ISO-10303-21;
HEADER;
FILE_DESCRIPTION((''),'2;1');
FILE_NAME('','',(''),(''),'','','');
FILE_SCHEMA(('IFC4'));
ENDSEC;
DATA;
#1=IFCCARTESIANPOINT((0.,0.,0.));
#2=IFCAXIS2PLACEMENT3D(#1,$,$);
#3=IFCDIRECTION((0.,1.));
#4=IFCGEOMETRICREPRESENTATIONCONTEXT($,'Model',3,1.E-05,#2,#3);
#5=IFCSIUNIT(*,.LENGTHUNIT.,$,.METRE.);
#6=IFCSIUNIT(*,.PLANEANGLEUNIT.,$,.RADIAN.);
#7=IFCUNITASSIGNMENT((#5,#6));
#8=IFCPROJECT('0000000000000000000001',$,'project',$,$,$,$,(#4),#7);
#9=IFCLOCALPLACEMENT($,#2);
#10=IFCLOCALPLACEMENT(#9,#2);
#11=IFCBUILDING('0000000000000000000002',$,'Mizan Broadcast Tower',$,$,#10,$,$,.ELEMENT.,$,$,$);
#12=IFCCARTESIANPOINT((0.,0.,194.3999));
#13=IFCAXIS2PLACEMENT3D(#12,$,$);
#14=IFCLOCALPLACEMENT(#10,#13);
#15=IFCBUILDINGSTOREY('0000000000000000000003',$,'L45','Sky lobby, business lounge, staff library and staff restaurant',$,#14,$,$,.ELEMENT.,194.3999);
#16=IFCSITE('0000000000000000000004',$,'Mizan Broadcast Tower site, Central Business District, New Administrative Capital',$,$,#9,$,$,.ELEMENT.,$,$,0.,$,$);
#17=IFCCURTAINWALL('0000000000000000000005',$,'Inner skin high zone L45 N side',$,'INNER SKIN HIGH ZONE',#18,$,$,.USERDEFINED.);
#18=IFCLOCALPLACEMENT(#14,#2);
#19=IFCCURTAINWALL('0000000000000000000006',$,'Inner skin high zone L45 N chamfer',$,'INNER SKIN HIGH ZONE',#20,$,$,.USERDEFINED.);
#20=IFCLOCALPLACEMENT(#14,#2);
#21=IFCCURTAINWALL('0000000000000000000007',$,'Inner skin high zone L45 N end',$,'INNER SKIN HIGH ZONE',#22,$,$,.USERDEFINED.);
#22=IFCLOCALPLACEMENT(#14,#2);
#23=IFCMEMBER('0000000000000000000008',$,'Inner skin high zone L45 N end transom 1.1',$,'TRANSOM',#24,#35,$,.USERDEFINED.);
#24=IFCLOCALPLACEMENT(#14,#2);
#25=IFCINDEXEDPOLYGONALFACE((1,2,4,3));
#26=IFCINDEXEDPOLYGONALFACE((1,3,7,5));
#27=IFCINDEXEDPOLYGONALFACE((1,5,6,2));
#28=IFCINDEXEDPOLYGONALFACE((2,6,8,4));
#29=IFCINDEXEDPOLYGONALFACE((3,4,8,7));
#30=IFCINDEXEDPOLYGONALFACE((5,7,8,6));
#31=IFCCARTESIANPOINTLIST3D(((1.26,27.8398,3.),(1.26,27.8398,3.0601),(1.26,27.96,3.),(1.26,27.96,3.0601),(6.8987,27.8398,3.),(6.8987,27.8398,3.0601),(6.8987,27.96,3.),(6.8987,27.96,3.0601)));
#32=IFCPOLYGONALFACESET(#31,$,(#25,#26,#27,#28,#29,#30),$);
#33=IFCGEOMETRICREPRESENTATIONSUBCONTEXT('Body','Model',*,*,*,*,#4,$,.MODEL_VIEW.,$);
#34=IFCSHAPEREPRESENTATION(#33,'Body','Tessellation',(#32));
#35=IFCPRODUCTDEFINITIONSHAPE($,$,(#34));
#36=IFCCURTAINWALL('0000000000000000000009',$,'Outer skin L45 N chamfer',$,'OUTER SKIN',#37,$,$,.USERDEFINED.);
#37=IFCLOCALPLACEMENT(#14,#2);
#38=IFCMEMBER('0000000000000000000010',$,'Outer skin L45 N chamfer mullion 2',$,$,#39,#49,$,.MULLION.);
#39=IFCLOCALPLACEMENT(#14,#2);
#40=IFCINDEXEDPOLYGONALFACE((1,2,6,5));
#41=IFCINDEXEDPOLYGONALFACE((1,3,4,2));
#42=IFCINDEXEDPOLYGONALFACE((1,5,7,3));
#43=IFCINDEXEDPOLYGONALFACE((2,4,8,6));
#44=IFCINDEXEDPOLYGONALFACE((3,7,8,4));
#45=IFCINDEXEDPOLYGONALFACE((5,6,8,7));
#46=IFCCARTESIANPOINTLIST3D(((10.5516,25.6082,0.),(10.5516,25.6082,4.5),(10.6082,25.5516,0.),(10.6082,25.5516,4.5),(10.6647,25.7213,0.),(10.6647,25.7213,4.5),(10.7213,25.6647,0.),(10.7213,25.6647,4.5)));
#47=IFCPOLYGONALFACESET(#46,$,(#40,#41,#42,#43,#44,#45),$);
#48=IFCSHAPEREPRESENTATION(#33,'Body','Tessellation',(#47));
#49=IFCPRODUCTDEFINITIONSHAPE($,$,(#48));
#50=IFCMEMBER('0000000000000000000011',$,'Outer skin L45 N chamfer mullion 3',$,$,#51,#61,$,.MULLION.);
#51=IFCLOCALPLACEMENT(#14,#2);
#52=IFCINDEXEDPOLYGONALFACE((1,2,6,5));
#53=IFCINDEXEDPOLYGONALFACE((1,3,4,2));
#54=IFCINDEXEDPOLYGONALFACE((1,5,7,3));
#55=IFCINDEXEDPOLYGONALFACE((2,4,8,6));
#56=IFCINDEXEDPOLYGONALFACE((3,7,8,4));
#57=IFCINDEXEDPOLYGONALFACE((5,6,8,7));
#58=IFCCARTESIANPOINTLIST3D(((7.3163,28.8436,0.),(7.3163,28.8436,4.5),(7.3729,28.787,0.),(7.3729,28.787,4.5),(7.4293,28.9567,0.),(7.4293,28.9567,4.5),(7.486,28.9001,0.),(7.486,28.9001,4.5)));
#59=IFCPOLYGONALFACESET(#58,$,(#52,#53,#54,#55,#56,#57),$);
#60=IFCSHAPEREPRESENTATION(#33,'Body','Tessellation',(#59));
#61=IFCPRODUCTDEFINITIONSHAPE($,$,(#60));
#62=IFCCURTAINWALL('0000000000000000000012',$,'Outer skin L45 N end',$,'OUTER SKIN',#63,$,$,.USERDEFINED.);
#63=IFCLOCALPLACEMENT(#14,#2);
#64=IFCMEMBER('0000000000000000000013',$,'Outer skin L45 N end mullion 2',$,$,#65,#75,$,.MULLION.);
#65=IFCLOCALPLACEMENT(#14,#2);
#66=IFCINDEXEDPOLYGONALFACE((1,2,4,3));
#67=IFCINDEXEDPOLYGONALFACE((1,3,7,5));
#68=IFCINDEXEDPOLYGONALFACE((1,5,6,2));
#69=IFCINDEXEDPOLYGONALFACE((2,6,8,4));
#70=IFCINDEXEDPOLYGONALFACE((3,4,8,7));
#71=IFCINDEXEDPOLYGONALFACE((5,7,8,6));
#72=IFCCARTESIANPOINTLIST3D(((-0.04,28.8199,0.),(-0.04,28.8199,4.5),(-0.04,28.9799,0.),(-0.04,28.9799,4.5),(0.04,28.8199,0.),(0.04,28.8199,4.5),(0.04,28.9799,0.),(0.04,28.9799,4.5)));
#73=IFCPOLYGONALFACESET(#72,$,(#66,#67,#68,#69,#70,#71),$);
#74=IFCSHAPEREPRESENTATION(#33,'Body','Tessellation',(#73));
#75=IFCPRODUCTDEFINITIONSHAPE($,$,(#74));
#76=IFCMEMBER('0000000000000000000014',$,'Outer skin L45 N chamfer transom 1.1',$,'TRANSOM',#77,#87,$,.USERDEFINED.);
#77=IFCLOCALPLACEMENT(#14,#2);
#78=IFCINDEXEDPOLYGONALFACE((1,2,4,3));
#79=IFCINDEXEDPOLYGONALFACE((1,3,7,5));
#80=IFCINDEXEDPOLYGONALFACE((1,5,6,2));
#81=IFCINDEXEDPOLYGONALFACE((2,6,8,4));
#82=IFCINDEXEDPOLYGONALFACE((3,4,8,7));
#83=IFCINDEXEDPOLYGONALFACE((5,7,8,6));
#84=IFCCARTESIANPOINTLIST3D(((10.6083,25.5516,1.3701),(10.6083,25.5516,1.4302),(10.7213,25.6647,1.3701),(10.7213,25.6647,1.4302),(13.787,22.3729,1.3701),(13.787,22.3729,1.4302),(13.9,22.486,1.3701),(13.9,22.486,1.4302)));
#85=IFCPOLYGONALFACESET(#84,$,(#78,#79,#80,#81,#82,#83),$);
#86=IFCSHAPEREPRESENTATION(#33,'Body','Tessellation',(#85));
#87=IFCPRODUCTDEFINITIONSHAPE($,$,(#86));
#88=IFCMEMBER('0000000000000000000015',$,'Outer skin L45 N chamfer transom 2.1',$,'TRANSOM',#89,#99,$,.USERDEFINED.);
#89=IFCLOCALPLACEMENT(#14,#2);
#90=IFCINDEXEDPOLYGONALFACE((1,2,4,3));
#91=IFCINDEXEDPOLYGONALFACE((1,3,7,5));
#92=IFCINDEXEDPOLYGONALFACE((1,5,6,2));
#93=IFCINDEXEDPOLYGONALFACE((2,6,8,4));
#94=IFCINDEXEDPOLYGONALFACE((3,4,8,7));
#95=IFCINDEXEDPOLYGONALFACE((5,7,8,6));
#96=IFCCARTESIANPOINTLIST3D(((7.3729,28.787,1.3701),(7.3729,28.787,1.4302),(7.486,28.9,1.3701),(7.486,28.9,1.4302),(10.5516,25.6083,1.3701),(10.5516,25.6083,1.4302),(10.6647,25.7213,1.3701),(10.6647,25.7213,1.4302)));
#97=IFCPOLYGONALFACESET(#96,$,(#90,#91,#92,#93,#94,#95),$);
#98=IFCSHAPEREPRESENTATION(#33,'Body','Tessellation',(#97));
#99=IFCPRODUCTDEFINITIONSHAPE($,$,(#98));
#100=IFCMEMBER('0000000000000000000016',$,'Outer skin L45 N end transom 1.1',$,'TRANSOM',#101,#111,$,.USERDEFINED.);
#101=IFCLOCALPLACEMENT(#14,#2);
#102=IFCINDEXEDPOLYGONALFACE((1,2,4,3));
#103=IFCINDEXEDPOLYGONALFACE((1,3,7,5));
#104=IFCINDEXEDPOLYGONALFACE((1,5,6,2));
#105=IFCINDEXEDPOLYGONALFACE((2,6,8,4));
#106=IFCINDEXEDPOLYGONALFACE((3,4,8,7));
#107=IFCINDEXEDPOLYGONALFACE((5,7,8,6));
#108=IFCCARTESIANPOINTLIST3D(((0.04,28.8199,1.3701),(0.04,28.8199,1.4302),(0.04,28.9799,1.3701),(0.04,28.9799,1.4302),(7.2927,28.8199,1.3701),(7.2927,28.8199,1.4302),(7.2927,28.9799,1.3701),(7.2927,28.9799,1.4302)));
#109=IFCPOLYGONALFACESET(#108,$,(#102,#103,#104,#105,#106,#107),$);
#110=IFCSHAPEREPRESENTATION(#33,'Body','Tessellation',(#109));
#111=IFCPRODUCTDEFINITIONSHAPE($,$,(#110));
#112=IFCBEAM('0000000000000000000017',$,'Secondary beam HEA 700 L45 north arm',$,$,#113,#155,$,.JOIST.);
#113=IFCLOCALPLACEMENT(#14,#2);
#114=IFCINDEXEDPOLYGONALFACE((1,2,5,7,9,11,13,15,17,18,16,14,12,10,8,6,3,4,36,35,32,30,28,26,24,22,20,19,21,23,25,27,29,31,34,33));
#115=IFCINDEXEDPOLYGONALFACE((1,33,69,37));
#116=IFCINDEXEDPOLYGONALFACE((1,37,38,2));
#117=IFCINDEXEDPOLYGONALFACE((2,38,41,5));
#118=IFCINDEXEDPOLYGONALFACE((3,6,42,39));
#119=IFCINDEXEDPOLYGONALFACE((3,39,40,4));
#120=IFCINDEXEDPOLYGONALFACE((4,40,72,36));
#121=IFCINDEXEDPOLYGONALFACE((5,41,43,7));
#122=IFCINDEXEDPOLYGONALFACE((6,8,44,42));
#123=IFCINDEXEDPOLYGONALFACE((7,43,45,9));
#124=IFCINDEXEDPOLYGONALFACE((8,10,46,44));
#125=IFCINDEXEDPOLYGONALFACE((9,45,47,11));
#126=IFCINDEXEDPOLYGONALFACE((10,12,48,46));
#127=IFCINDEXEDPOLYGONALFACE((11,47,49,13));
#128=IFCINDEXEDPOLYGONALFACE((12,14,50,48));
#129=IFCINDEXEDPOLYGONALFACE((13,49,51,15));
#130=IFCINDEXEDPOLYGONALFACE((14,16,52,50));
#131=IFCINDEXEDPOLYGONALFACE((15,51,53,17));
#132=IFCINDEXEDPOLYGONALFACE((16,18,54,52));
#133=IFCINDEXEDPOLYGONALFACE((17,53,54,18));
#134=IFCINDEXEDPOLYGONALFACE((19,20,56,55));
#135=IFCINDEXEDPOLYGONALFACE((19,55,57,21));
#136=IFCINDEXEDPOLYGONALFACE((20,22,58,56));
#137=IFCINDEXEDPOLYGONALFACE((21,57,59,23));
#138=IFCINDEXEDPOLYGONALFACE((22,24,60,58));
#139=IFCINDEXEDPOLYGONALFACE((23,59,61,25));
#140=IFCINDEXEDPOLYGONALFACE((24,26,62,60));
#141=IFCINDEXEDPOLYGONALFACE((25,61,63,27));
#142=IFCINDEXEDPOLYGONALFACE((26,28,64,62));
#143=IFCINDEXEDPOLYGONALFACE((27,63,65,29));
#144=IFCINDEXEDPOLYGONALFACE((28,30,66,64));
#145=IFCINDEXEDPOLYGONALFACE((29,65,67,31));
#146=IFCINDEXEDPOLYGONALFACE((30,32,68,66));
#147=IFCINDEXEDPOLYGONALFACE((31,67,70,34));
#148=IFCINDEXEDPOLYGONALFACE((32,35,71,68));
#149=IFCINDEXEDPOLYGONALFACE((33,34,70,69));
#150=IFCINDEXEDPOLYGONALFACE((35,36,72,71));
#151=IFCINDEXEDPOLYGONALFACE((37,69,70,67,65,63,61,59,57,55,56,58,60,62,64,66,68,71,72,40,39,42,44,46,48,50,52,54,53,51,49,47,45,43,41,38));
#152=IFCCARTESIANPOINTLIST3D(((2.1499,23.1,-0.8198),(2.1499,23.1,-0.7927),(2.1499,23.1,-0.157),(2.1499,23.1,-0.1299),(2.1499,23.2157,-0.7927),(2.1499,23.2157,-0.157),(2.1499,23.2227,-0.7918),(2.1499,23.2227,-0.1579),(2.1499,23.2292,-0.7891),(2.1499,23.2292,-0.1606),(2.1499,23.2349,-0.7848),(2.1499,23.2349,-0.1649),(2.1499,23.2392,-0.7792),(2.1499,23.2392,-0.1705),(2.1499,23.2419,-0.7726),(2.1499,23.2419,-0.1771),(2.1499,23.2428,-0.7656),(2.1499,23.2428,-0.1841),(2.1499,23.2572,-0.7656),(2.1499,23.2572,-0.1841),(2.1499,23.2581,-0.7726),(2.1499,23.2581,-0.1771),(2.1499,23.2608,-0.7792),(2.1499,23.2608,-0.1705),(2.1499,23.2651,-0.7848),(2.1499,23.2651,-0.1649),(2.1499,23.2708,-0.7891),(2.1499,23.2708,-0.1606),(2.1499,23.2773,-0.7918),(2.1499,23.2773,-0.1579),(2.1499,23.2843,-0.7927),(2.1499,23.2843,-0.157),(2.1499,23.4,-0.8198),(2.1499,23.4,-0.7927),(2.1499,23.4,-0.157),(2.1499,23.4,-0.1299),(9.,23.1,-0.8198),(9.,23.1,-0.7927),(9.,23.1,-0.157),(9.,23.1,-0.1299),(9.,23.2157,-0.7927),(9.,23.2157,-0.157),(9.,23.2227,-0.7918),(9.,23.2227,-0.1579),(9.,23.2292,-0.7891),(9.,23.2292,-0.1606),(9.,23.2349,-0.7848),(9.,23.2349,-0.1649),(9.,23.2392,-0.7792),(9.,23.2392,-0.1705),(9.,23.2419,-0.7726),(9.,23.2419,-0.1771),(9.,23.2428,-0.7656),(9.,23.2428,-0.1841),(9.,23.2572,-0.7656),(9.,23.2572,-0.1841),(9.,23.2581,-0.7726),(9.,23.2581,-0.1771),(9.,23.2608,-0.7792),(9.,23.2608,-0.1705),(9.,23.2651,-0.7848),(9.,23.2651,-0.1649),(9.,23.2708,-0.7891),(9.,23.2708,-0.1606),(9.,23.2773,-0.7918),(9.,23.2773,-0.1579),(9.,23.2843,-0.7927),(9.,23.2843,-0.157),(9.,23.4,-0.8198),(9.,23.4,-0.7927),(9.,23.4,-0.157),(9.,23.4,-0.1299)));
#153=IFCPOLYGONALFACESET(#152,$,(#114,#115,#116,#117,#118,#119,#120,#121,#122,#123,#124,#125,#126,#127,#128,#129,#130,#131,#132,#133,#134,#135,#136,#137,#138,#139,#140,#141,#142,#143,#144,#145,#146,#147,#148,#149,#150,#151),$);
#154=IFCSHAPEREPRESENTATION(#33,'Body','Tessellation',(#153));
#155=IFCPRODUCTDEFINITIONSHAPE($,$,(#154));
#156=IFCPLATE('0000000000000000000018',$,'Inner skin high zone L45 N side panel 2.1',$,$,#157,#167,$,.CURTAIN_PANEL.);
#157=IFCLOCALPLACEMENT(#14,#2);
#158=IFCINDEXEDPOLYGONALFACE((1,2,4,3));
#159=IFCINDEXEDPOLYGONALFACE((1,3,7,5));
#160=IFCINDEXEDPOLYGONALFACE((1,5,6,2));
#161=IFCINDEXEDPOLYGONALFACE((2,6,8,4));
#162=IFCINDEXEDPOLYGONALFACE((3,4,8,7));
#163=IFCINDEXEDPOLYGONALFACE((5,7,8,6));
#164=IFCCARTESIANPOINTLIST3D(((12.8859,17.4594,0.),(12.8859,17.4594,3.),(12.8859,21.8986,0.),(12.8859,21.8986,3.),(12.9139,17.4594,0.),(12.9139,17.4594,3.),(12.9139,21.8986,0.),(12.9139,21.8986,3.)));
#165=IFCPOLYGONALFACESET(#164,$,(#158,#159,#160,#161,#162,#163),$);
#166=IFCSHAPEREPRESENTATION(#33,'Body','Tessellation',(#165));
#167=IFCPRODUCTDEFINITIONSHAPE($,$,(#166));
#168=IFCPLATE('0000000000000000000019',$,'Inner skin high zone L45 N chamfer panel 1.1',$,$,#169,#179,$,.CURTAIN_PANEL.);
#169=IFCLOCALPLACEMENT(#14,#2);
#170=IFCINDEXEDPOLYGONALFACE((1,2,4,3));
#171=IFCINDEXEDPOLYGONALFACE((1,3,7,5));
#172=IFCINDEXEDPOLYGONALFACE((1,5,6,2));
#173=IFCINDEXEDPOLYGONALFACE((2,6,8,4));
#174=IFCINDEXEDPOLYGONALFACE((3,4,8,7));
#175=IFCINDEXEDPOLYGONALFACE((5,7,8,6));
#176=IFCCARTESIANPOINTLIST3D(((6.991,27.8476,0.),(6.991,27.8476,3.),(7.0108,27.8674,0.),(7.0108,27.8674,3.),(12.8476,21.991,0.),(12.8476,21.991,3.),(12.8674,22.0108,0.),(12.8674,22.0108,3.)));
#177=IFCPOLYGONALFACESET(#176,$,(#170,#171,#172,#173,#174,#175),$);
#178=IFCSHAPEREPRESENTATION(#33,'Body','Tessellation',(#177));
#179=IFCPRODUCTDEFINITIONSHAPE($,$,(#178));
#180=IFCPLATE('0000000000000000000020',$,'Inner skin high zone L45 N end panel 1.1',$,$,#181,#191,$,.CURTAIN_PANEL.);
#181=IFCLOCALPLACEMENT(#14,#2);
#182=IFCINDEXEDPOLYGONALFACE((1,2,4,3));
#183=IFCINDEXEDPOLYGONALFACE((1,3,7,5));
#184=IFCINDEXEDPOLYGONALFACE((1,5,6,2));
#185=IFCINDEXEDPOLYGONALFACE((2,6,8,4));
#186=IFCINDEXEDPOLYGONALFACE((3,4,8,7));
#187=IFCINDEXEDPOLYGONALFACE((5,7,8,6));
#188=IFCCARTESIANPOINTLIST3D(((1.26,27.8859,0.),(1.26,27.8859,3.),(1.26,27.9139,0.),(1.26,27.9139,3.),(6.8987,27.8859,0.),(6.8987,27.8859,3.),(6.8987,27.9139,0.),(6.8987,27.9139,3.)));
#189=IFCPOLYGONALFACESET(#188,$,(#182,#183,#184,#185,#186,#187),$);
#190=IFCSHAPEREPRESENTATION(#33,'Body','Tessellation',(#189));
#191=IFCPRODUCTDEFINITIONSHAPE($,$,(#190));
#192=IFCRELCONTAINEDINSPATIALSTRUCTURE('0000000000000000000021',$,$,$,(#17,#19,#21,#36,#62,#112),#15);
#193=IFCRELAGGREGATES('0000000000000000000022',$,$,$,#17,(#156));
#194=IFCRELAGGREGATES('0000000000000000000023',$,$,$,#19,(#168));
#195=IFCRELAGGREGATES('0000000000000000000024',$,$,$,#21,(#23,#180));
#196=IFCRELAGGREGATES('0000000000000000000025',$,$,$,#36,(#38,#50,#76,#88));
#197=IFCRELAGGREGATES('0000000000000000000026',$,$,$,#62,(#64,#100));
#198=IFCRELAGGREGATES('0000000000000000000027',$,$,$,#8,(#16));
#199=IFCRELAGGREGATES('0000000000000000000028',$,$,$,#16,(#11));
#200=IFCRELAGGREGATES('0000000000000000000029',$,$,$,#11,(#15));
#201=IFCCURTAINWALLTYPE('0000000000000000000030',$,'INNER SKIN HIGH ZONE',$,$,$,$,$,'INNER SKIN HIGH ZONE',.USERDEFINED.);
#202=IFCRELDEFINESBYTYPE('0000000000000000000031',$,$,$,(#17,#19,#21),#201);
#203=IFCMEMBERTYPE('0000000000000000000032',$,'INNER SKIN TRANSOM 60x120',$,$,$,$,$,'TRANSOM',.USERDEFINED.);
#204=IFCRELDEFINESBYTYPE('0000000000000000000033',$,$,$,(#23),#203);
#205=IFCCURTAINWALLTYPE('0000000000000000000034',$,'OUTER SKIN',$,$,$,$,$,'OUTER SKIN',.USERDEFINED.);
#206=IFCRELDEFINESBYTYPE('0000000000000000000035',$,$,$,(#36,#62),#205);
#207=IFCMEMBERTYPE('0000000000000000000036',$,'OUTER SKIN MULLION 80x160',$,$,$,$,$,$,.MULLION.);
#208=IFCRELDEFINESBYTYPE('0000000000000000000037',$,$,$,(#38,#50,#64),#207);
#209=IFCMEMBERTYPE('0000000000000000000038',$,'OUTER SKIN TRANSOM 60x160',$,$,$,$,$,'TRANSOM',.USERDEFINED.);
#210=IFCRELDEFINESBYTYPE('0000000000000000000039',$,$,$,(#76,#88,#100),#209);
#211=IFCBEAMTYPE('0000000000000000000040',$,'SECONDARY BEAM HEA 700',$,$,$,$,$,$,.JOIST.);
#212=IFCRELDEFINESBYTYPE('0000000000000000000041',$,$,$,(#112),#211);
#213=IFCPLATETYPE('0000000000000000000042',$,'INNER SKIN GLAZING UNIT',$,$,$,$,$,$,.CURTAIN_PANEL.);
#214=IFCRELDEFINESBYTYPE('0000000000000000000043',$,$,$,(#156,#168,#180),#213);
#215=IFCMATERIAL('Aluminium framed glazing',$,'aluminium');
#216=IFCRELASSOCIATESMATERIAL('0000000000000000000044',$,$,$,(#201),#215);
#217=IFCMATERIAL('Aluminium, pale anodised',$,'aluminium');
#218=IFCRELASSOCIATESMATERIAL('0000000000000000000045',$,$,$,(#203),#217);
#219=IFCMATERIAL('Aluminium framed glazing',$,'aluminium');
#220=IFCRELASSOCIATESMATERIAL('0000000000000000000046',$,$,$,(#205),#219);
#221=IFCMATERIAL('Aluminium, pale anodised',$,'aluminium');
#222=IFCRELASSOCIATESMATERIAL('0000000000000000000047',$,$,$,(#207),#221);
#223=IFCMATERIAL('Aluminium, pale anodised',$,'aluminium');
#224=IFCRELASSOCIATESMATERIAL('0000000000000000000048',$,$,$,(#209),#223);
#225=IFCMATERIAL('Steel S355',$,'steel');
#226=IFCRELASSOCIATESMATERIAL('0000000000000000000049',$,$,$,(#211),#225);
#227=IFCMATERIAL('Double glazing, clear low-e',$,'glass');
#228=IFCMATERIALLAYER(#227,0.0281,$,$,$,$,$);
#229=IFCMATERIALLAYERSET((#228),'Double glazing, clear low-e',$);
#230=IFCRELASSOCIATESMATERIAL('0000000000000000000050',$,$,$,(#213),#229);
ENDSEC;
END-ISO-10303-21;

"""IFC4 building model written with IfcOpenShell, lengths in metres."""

from ifc_helpers import new_model, si_unit, direction, frame, origin, origin_2d, place, context, subcontext, project, spatial, rectangle, i_section, extrude, material, layer, layer_set, material_profile, profile_set, type_object, element, aggregate, save


model = new_model("IFC4")

# Units and contexts
model_context = context("Model", 3, precision=1e-05, world=origin(), true_north=direction((0.0, 1.0)))
body_context = subcontext(model_context, "Body", "Model", "MODEL_VIEW")
ifc_project = project(units=[si_unit("LENGTHUNIT", "METRE"), si_unit("PLANEANGLEUNIT", "RADIAN")], contexts=[model_context])

# Site, building, storey
site_placement = place(None, origin())
site = spatial("IfcSite", under=ifc_project, at=site_placement, Name="Mizan Broadcast Tower site, Central Business District, New Administrative Capital", CompositionType="ELEMENT", RefElevation=0.0)
building_placement = place(site_placement, origin())
building = spatial("IfcBuilding", under=site, at=building_placement, Name="Mizan Broadcast Tower", CompositionType="ELEMENT")
storey_placement = place(building_placement, frame((0.0, 0.0, 194.3999)))
storey = spatial("IfcBuildingStorey", under=building, at=storey_placement, Name="L45", Description="Sky lobby, business lounge, staff library and staff restaurant", CompositionType="ELEMENT", Elevation=194.3999)

# Curtain wall
ifc_material_1 = material(Name="Aluminium framed glazing", Category="aluminium")
curtain_wall_type_1 = type_object("IfcCurtainWallType", Name="INNER SKIN HIGH ZONE", ElementType="INNER SKIN HIGH ZONE", PredefinedType="USERDEFINED", material=ifc_material_1)
curtain_wall_1_placement = place(storey_placement, origin())
curtain_wall_1 = element("IfcCurtainWall", 1, at=curtain_wall_1_placement, inside=storey, type_object=curtain_wall_type_1, Name="Inner skin high zone L45 N side", ObjectType="INNER SKIN HIGH ZONE", PredefinedType="USERDEFINED")

# Curtain walls
curtain_wall_2_placement = place(storey_placement, origin())
curtain_wall_2 = element("IfcCurtainWall", 2, at=curtain_wall_2_placement, inside=storey, type_object=curtain_wall_type_1, Name="Inner skin high zone L45 N chamfer", ObjectType="INNER SKIN HIGH ZONE", PredefinedType="USERDEFINED")
curtain_wall_3_placement = place(storey_placement, origin())
curtain_wall_3 = element("IfcCurtainWall", 3, at=curtain_wall_3_placement, inside=storey, type_object=curtain_wall_type_1, Name="Inner skin high zone L45 N end", ObjectType="INNER SKIN HIGH ZONE", PredefinedType="USERDEFINED")

# Member
ifc_material_2 = material(Name="Aluminium, pale anodised", Category="aluminium")
ifc_material_profile_1 = material_profile(ifc_material_2, rectangle(XDim=0.1201, YDim=0.0601, at=origin_2d()), Name="TRANSOM 120x60")
ifc_profile_set_1 = profile_set([ifc_material_profile_1], Name="Aluminium, pale anodised")
member_type_1 = type_object("IfcMemberType", Name="INNER SKIN TRANSOM 60x120", ElementType="TRANSOM", PredefinedType="USERDEFINED", material=ifc_profile_set_1)
member_1_placement = place(storey_placement, frame((6.8987, 27.8999, 3.03), z_axis=(-1.0, 0.0, 0.0), x_axis=(0.0, -1.0, 0.0)))
member_1 = element("IfcMember", 4, at=member_1_placement, type_object=member_type_1, Name="Inner skin high zone L45 N end transom 1.1", ObjectType="TRANSOM", PredefinedType="USERDEFINED", context=body_context, shape_type="SweptSolid", body=[
    extrude(rectangle(XDim=0.1201, YDim=0.0601, at=origin_2d()), origin(), (0.0, 0.0, 1.0), 5.6387),
])

# Curtain wall, members
ifc_material_3 = material(Name="Aluminium framed glazing", Category="aluminium")
curtain_wall_type_2 = type_object("IfcCurtainWallType", Name="OUTER SKIN", ElementType="OUTER SKIN", PredefinedType="USERDEFINED", material=ifc_material_3)
curtain_wall_4_placement = place(storey_placement, origin())
curtain_wall_4 = element("IfcCurtainWall", 5, at=curtain_wall_4_placement, inside=storey, type_object=curtain_wall_type_2, Name="Outer skin L45 N chamfer", ObjectType="OUTER SKIN", PredefinedType="USERDEFINED")
ifc_material_4 = material(Name="Aluminium, pale anodised", Category="aluminium")
ifc_material_profile_2 = material_profile(ifc_material_4, rectangle(XDim=0.1599, YDim=0.0801, at=origin_2d()), Name="MULLION 160x80")
ifc_profile_set_2 = profile_set([ifc_material_profile_2], Name="Aluminium, pale anodised")
member_type_2 = type_object("IfcMemberType", Name="OUTER SKIN MULLION 80x160", PredefinedType="MULLION", material=ifc_profile_set_2)
member_2_placement = place(storey_placement, frame((10.6365, 25.6365, 0.0), z_axis=(0.0, 0.0, 1.0), x_axis=(-0.707107, -0.707107, 0.0)))
member_2 = element("IfcMember", 6, at=member_2_placement, type_object=member_type_2, Name="Outer skin L45 N chamfer mullion 2", PredefinedType="MULLION", context=body_context, shape_type="SweptSolid", body=[
    extrude(rectangle(XDim=0.1599, YDim=0.0801, at=origin_2d()), origin(), (0.0, 0.0, 1.0), 4.5),
])
member_3_placement = place(storey_placement, frame((7.4011, 28.8718, 0.0), z_axis=(0.0, 0.0, 1.0), x_axis=(-0.707107, -0.707107, 0.0)))
member_3 = element("IfcMember", 7, at=member_3_placement, type_object=member_type_2, Name="Outer skin L45 N chamfer mullion 3", PredefinedType="MULLION", context=body_context, shape_type="SweptSolid", body=[
    extrude(rectangle(XDim=0.1599, YDim=0.0801, at=origin_2d()), origin(), (0.0, 0.0, 1.0), 4.5),
])

# Curtain wall, member
curtain_wall_5_placement = place(storey_placement, origin())
curtain_wall_5 = element("IfcCurtainWall", 8, at=curtain_wall_5_placement, inside=storey, type_object=curtain_wall_type_2, Name="Outer skin L45 N end", ObjectType="OUTER SKIN", PredefinedType="USERDEFINED")
member_4_placement = place(storey_placement, frame((0.0, 28.8999, 0.0), z_axis=(0.0, 0.0, 1.0), x_axis=(0.0, -1.0, 0.0)))
member_4 = element("IfcMember", 9, at=member_4_placement, type_object=member_type_2, Name="Outer skin L45 N end mullion 2", PredefinedType="MULLION", context=body_context, shape_type="SweptSolid", body=[
    extrude(rectangle(XDim=0.1599, YDim=0.0801, at=origin_2d()), origin(), (0.0, 0.0, 1.0), 4.5),
])

# Members
ifc_material_5 = material(Name="Aluminium, pale anodised", Category="aluminium")
ifc_material_profile_3 = material_profile(ifc_material_5, rectangle(XDim=0.1599, YDim=0.0601, at=origin_2d()), Name="TRANSOM 160x60")
ifc_profile_set_3 = profile_set([ifc_material_profile_3], Name="Aluminium, pale anodised")
member_type_3 = type_object("IfcMemberType", Name="OUTER SKIN TRANSOM 60x160", ElementType="TRANSOM", PredefinedType="USERDEFINED", material=ifc_profile_set_3)
member_5_placement = place(storey_placement, frame((13.8435, 22.4294, 1.4001), z_axis=(-0.707107, 0.707107, 0.0), x_axis=(-0.707107, -0.707107, 0.0)))
member_5 = element("IfcMember", 10, at=member_5_placement, type_object=member_type_3, Name="Outer skin L45 N chamfer transom 1.1", ObjectType="TRANSOM", PredefinedType="USERDEFINED", context=body_context, shape_type="SweptSolid", body=[
    extrude(rectangle(XDim=0.1599, YDim=0.0601, at=origin_2d()), origin(), (0.0, 0.0, 1.0), 4.4954),
])
member_6_placement = place(storey_placement, frame((10.6082, 25.6648, 1.4001), z_axis=(-0.707107, 0.707107, 0.0), x_axis=(-0.707107, -0.707107, 0.0)))
member_6 = element("IfcMember", 11, at=member_6_placement, type_object=member_type_3, Name="Outer skin L45 N chamfer transom 2.1", ObjectType="TRANSOM", PredefinedType="USERDEFINED", context=body_context, shape_type="SweptSolid", body=[
    extrude(rectangle(XDim=0.1599, YDim=0.0601, at=origin_2d()), origin(), (0.0, 0.0, 1.0), 4.4954),
])
member_7_placement = place(storey_placement, frame((7.2927, 28.8999, 1.4001), z_axis=(-1.0, 0.0, 0.0), x_axis=(0.0, -1.0, 0.0)))
member_7 = element("IfcMember", 12, at=member_7_placement, type_object=member_type_3, Name="Outer skin L45 N end transom 1.1", ObjectType="TRANSOM", PredefinedType="USERDEFINED", context=body_context, shape_type="SweptSolid", body=[
    extrude(rectangle(XDim=0.1599, YDim=0.0601, at=origin_2d()), origin(), (0.0, 0.0, 1.0), 7.2527),
])

# Beam
ifc_material_6 = material(Name="Steel S355", Category="steel")
ifc_material_profile_4 = material_profile(ifc_material_6, i_section(OverallWidth=0.3, OverallDepth=0.6899, WebThickness=0.0144, FlangeThickness=0.0271, FilletRadius=0.0271, at=origin_2d()), Name="HEA 700")
ifc_profile_set_4 = profile_set([ifc_material_profile_4], Name="Steel S355")
beam_type_1 = type_object("IfcBeamType", Name="SECONDARY BEAM HEA 700", PredefinedType="JOIST", material=ifc_profile_set_4)
beam_1_placement = place(storey_placement, frame((9.0, 23.25, -0.4749), z_axis=(-1.0, 0.0, 0.0), x_axis=(0.0, -1.0, 0.0)))
element("IfcBeam", 13, at=beam_1_placement, inside=storey, type_object=beam_type_1, Name="Secondary beam HEA 700 L45 north arm", PredefinedType="JOIST", context=body_context, shape_type="SweptSolid", body=[
    extrude(i_section(OverallWidth=0.3, OverallDepth=0.6899, WebThickness=0.0144, FlangeThickness=0.0271, FilletRadius=0.0271, at=origin_2d()), origin(), (0.0, 0.0, 1.0), 6.8501),
])

# Plates
ifc_material_7 = material(Name="Double glazing, clear low-e", Category="glass")
ifc_layer_1 = layer(ifc_material_7, 0.0281)
ifc_layer_set_1 = layer_set([ifc_layer_1], Name="Double glazing, clear low-e")
plate_type_1 = type_object("IfcPlateType", Name="INNER SKIN GLAZING UNIT", PredefinedType="CURTAIN_PANEL", material=ifc_layer_set_1)
plate_1_placement = place(storey_placement, frame((12.8999, 19.679, 0.0), z_axis=(0.0, 0.0, 1.0), x_axis=(0.0, 1.0, 0.0)))
plate_1 = element("IfcPlate", 14, at=plate_1_placement, type_object=plate_type_1, Name="Inner skin high zone L45 N side panel 2.1", PredefinedType="CURTAIN_PANEL", context=body_context, shape_type="SweptSolid", body=[
    extrude(rectangle(XDim=4.4392, YDim=0.0281, at=origin_2d()), origin(), (0.0, 0.0, 1.0), 3.0),
])
plate_2_placement = place(storey_placement, frame((9.9292, 24.9292, 0.0), z_axis=(0.0, 0.0, 1.0), x_axis=(-0.707107, 0.707107, 0.0)))
plate_2 = element("IfcPlate", 15, at=plate_2_placement, type_object=plate_type_1, Name="Inner skin high zone L45 N chamfer panel 1.1", PredefinedType="CURTAIN_PANEL", context=body_context, shape_type="SweptSolid", body=[
    extrude(rectangle(XDim=8.2825, YDim=0.0281, at=origin_2d()), origin(), (0.0, 0.0, 1.0), 3.0),
])
plate_3_placement = place(storey_placement, frame((4.0793, 27.8999, 0.0), z_axis=(0.0, 0.0, 1.0), x_axis=(-1.0, 0.0, 0.0)))
plate_3 = element("IfcPlate", 16, at=plate_3_placement, type_object=plate_type_1, Name="Inner skin high zone L45 N end panel 1.1", PredefinedType="CURTAIN_PANEL", context=body_context, shape_type="SweptSolid", body=[
    extrude(rectangle(XDim=5.6387, YDim=0.0281, at=origin_2d()), origin(), (0.0, 0.0, 1.0), 3.0),
])
aggregate(curtain_wall_1, [plate_1])
aggregate(curtain_wall_2, [plate_2])
aggregate(curtain_wall_3, [member_1, plate_3])
aggregate(curtain_wall_4, [member_2, member_3, member_5, member_6])
aggregate(curtain_wall_5, [member_4, member_7])

save(model, "model.ifc")
